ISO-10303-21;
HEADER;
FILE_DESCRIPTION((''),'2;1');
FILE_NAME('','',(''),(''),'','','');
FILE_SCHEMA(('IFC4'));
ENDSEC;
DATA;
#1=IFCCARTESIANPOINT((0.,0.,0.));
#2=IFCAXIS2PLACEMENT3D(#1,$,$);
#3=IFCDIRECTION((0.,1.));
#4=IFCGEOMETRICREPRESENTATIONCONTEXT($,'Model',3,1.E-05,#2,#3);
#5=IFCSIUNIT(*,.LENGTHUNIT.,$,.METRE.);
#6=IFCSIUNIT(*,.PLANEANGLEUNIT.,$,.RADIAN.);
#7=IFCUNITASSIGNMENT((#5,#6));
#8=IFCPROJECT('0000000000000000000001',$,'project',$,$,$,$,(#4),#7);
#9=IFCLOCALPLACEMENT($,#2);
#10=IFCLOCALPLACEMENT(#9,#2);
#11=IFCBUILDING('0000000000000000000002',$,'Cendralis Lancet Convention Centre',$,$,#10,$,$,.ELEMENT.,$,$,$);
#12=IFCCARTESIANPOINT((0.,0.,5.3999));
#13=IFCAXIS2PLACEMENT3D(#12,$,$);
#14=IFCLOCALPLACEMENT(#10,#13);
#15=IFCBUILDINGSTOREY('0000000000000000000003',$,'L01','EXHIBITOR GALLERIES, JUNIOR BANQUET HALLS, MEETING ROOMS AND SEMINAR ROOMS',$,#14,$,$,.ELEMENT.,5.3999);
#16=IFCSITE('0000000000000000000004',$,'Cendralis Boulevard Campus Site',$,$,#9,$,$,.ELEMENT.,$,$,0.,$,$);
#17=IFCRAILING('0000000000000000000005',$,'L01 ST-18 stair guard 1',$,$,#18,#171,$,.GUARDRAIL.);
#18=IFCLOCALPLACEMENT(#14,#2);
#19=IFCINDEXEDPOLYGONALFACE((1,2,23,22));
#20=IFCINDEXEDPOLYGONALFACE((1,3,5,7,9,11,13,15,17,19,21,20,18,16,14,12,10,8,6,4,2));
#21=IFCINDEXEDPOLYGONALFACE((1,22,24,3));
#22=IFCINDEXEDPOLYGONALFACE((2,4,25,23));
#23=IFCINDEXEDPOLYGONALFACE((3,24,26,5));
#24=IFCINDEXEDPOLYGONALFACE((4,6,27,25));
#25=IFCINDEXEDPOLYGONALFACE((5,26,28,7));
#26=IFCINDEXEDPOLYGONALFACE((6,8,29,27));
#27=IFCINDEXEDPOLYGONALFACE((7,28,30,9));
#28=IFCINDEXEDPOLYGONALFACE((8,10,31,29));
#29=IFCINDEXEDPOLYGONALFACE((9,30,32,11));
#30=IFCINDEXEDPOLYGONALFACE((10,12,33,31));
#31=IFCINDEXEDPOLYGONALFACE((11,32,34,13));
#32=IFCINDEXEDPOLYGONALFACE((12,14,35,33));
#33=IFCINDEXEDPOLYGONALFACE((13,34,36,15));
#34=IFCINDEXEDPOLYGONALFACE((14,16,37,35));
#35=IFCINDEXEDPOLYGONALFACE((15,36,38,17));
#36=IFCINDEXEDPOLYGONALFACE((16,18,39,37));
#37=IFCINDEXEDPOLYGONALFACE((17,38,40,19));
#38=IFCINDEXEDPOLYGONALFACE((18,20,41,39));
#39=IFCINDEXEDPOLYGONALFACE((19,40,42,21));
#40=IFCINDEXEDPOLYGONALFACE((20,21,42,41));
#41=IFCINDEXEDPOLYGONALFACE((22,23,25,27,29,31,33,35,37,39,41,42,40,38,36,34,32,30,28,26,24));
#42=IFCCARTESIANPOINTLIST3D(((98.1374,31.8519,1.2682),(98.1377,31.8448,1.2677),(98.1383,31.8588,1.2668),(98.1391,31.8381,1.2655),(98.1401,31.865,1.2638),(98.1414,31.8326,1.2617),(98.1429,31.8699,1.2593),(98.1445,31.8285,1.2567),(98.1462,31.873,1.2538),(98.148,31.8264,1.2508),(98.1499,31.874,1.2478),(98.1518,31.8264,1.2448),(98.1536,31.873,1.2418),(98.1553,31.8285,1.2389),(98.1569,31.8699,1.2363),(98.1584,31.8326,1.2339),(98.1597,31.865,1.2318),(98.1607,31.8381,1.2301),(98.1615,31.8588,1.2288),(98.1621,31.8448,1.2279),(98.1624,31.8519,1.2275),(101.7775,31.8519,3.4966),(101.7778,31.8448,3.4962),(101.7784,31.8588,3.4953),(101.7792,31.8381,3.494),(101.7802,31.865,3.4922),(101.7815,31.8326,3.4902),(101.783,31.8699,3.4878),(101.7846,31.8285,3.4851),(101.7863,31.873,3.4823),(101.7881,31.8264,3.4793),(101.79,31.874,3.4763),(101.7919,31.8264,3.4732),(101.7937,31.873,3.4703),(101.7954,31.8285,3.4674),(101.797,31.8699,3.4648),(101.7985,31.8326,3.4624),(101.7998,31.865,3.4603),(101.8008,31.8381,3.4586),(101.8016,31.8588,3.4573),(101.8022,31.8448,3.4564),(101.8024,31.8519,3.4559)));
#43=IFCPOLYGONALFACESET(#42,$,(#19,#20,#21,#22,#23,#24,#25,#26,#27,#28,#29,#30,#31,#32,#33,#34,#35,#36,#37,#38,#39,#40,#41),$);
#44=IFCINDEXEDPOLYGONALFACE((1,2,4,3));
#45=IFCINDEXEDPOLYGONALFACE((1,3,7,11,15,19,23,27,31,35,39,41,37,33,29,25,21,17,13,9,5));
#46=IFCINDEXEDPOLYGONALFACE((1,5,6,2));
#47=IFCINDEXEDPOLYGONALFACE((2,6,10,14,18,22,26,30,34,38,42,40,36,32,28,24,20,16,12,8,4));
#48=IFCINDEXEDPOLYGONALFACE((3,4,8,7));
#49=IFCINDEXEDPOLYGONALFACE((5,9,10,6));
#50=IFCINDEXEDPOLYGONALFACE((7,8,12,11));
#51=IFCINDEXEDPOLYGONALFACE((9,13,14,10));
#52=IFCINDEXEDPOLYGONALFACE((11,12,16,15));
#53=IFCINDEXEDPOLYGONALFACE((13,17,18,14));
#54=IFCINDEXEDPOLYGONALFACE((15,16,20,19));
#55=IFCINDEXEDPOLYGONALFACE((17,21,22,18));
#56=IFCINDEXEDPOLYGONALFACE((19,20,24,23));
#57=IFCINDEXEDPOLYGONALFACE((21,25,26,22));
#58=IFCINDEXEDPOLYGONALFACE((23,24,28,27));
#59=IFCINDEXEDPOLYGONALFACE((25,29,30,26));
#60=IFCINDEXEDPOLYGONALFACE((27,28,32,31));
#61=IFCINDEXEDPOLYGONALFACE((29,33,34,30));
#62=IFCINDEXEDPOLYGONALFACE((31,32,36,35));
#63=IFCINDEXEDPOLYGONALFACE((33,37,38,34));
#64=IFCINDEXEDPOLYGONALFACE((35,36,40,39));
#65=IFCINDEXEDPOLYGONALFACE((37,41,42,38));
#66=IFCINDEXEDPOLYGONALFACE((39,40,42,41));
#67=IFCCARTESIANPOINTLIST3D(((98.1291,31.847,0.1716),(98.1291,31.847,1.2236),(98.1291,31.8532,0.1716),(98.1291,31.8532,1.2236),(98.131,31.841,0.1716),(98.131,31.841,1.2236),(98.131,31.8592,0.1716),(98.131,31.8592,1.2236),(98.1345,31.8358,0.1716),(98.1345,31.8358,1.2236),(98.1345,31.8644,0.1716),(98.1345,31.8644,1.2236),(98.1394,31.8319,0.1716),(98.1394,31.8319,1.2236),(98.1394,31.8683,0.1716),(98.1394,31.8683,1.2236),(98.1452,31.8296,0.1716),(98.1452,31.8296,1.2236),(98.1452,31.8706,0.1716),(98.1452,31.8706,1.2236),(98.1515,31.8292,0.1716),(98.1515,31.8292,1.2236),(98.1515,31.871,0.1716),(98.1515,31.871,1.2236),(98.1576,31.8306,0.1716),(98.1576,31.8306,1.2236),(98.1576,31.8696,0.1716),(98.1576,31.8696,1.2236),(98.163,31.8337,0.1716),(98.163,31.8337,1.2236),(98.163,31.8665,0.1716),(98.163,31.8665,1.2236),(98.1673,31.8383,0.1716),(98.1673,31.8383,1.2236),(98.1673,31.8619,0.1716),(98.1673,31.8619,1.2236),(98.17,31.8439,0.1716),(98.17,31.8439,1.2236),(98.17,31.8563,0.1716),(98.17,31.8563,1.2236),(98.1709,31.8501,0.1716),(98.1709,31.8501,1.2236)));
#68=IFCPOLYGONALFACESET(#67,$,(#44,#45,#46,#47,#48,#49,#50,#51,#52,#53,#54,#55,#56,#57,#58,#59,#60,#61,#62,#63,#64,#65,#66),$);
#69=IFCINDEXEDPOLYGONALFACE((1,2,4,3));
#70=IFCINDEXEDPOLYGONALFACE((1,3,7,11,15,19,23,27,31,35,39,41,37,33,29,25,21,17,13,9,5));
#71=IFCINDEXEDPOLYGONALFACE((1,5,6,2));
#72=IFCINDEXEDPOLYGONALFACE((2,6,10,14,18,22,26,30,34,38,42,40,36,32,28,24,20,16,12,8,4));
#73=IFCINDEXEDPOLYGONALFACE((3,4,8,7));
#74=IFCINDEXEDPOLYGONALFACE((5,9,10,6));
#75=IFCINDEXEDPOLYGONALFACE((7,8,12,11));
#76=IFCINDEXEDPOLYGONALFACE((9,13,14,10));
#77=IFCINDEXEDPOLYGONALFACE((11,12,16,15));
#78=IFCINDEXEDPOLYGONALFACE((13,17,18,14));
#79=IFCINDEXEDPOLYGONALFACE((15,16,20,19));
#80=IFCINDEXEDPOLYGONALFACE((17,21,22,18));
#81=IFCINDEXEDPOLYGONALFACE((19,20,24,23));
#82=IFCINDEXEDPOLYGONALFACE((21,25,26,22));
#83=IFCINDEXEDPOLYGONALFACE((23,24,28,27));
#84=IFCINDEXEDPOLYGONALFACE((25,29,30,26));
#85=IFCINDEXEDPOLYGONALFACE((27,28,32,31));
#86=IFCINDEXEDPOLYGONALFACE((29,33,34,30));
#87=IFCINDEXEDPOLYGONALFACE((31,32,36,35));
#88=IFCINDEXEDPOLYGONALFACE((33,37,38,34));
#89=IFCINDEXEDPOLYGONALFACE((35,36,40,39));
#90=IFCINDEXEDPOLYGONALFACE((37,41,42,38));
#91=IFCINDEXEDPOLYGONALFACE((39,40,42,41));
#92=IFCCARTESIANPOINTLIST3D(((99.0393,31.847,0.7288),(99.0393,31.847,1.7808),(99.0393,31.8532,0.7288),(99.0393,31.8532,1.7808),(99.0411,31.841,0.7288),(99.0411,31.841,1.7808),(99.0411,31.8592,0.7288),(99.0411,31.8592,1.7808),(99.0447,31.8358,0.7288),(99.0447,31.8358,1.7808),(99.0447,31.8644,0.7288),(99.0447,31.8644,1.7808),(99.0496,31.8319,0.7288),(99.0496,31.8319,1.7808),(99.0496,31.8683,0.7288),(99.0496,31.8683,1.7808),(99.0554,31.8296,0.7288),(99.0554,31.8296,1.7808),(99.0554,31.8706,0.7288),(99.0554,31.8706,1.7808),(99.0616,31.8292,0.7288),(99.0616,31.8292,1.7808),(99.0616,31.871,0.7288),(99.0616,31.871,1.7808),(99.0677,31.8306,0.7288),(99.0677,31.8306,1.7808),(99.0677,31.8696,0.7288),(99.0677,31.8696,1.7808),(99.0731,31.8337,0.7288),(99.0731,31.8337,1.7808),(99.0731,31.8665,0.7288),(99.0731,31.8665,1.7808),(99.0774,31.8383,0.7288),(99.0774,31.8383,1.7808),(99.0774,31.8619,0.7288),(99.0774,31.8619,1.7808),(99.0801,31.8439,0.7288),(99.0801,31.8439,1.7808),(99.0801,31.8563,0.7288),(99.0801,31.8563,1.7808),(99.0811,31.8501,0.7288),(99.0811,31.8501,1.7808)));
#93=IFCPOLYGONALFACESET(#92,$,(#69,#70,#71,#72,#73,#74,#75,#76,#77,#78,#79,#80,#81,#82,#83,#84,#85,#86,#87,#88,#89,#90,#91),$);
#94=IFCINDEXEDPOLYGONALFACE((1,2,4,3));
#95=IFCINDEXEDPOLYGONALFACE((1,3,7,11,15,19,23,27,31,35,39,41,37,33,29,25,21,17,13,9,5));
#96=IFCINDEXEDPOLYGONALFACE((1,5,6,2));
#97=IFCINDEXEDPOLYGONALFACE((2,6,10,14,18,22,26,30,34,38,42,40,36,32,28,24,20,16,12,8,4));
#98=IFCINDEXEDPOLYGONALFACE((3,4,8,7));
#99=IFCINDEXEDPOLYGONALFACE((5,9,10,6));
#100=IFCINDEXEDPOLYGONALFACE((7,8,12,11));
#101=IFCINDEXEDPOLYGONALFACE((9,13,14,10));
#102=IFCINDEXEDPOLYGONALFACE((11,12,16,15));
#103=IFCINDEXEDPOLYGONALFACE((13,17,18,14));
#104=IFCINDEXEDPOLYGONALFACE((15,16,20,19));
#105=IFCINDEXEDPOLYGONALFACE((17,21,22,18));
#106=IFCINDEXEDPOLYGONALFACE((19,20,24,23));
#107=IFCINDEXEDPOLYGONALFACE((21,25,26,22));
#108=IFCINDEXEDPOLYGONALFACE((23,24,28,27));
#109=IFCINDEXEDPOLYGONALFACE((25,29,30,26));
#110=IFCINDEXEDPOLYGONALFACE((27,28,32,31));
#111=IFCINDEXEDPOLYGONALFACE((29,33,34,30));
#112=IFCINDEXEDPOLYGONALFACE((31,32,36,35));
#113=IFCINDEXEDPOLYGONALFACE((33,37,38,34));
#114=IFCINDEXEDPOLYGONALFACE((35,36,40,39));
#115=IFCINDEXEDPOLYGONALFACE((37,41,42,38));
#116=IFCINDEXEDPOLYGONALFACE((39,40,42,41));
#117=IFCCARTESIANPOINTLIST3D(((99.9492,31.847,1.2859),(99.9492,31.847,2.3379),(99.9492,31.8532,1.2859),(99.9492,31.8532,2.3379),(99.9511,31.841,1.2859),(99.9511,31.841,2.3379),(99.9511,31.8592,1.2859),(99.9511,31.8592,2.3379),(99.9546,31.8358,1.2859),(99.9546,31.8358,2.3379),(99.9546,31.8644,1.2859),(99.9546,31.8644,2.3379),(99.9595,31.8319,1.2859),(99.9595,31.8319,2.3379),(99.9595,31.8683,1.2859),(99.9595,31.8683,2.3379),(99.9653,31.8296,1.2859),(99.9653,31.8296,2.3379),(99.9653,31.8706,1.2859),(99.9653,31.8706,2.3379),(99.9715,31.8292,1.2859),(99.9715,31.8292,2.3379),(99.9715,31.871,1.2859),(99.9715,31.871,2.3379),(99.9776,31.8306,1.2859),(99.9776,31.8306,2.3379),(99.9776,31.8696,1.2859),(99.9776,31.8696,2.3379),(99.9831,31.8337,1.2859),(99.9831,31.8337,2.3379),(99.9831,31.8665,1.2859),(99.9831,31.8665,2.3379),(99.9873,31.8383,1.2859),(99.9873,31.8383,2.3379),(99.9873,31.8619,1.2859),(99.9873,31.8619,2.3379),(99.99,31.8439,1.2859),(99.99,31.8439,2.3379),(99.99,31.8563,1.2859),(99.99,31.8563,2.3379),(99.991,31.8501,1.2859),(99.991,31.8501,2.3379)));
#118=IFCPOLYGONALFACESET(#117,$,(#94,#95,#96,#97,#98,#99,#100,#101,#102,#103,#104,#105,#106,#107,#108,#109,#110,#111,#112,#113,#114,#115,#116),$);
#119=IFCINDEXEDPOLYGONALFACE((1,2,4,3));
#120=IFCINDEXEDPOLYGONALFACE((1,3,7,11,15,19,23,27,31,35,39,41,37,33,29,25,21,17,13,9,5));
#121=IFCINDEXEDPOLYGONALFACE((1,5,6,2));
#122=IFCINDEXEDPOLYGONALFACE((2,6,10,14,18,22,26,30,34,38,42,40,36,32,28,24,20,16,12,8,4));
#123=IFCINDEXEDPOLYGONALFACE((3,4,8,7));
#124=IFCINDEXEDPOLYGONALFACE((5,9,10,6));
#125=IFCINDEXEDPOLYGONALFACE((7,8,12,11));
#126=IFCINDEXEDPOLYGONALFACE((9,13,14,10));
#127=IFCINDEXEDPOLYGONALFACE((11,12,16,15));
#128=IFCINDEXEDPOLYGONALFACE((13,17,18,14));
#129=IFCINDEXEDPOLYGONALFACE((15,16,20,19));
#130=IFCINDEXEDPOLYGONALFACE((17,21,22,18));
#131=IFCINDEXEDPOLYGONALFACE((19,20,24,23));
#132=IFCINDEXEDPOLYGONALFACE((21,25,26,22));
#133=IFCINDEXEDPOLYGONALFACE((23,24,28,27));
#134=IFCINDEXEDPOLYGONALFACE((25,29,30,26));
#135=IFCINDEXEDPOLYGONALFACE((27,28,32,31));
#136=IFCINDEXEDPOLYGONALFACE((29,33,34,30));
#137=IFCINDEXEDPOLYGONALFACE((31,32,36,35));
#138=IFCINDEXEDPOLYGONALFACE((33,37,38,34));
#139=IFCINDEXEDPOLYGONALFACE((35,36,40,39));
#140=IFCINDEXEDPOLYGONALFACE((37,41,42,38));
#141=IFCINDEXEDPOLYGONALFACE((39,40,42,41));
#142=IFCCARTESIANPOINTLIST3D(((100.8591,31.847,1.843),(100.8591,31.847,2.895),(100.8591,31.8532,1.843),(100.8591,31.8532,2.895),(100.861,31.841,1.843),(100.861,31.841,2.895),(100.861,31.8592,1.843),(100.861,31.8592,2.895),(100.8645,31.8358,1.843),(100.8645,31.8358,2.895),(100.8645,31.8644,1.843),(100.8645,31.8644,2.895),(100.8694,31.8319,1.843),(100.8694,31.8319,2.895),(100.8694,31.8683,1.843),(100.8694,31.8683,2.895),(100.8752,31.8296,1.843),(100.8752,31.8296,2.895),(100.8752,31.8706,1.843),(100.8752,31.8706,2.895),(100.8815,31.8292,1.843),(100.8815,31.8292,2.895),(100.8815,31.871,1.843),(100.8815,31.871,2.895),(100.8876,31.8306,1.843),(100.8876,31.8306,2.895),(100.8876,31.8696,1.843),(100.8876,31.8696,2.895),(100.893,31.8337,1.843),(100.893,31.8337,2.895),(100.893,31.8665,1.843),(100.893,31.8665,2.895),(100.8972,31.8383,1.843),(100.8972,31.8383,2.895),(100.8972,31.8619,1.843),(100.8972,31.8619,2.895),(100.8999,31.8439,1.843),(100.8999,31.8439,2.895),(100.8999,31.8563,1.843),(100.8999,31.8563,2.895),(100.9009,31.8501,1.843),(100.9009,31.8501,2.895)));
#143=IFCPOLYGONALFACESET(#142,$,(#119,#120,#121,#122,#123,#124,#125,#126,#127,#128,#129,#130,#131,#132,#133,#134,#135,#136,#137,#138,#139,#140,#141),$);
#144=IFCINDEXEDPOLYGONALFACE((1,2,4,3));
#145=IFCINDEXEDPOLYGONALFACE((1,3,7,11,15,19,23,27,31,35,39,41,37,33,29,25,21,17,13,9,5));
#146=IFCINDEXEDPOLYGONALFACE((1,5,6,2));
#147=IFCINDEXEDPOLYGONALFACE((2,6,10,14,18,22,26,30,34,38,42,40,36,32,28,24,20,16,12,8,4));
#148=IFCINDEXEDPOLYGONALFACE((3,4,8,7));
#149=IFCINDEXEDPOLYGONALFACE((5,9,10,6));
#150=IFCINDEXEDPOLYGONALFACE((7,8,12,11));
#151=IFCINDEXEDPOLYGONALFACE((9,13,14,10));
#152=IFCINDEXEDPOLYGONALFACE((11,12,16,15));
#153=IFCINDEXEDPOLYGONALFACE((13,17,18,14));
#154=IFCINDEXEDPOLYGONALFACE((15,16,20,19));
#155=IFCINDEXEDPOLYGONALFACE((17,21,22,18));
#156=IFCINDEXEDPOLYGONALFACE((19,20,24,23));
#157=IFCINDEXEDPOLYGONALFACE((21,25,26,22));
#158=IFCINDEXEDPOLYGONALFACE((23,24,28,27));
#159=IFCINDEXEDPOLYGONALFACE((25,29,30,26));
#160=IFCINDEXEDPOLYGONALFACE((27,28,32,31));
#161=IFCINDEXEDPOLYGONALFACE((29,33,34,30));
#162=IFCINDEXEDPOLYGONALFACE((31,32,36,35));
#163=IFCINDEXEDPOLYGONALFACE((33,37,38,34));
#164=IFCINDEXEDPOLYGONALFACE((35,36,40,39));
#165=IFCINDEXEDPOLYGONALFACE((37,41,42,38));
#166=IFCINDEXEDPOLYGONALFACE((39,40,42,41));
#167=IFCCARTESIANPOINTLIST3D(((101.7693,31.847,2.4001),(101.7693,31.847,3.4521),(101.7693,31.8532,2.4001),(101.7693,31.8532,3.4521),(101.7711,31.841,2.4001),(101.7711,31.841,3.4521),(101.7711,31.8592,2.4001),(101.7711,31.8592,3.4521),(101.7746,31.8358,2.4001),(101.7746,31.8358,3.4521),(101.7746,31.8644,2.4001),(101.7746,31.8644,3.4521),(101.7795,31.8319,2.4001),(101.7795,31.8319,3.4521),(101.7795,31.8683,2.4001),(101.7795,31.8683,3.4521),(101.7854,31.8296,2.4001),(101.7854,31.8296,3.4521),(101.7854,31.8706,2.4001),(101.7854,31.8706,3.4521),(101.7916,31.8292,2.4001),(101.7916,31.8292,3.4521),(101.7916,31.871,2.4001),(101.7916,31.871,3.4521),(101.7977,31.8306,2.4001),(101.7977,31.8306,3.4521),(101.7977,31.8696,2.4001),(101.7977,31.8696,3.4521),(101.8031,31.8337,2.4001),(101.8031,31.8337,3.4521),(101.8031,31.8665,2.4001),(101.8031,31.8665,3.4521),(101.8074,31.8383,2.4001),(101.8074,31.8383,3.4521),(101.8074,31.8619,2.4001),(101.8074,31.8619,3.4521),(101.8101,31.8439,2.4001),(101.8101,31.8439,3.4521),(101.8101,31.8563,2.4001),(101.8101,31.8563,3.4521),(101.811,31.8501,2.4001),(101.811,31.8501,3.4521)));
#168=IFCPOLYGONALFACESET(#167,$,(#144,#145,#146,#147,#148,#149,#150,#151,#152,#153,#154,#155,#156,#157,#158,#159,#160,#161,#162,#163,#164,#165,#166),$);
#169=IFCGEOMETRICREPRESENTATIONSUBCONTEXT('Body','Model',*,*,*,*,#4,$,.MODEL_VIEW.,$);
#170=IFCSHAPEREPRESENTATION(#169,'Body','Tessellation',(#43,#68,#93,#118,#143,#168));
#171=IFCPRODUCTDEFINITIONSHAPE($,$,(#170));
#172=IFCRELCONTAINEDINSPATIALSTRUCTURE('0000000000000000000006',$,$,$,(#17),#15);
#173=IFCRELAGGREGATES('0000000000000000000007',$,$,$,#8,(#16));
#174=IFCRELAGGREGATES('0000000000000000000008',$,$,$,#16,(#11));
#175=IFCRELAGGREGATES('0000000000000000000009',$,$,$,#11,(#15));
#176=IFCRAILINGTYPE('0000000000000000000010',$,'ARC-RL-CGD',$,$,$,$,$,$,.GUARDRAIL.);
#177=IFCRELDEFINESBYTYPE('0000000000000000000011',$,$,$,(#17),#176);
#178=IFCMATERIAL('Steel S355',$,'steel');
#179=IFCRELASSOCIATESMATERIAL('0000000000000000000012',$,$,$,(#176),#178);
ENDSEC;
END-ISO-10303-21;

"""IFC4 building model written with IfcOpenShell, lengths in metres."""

from ifc_helpers import new_model, si_unit, direction, frame, origin, origin_2d, place, context, subcontext, project, spatial, circle, extrude, material, type_object, element, save


model = new_model("IFC4")

# Units and contexts
model_context = context("Model", 3, precision=1e-05, world=origin(), true_north=direction((0.0, 1.0)))
body_context = subcontext(model_context, "Body", "Model", "MODEL_VIEW")
ifc_project = project(units=[si_unit("LENGTHUNIT", "METRE"), si_unit("PLANEANGLEUNIT", "RADIAN")], contexts=[model_context])

# Site, building, storey
site_placement = place(None, origin())
site = spatial("IfcSite", under=ifc_project, at=site_placement, Name="Cendralis Boulevard Campus Site", CompositionType="ELEMENT", RefElevation=0.0)
building_placement = place(site_placement, origin())
building = spatial("IfcBuilding", under=site, at=building_placement, Name="Cendralis Lancet Convention Centre", CompositionType="ELEMENT")
storey_placement = place(building_placement, frame((0.0, 0.0, 5.3999)))
storey = spatial("IfcBuildingStorey", under=building, at=storey_placement, Name="L01", Description="EXHIBITOR GALLERIES, JUNIOR BANQUET HALLS, MEETING ROOMS AND SEMINAR ROOMS", CompositionType="ELEMENT", Elevation=5.3999)

# Shared definitions
ifc_material_1 = material(Name="Steel S355", Category="steel")

# Railing
railing_type_1 = type_object("IfcRailingType", Name="ARC-RL-CGD", PredefinedType="GUARDRAIL", material=ifc_material_1)
railing_1_placement = place(storey_placement, frame((98.1499, 31.8501, 0.1716)))
element("IfcRailing", 1, at=railing_1_placement, inside=storey, type_object=railing_type_1, Name="L01 ST-18 stair guard 1", PredefinedType="GUARDRAIL", context=body_context, shape_type="SweptSolid", body=[
    extrude(circle(Radius=0.0239, at=origin_2d()), frame((0.0, 0.0, 1.0762), z_axis=(0.852866, 0.0, 0.52213), x_axis=(0.0, 1.0, 0.0)), (0.0, 0.0, 1.0), 4.2681),
    extrude(circle(Radius=0.021, at=origin_2d()), origin(), (0.0, 0.0, 1.0), 1.052),
    extrude(circle(Radius=0.021, at=origin_2d()), frame((0.9102, 0.0, 0.5571)), (0.0, 0.0, 1.0), 1.052),
    extrude(circle(Radius=0.021, at=origin_2d()), frame((1.8201, 0.0, 1.1143)), (0.0, 0.0, 1.0), 1.052),
    extrude(circle(Radius=0.021, at=origin_2d()), frame((2.73, 0.0, 1.6714)), (0.0, 0.0, 1.0), 1.052),
    extrude(circle(Radius=0.021, at=origin_2d()), frame((3.6401, 0.0, 2.2285)), (0.0, 0.0, 1.0), 1.052),
])

save(model, "model.ifc")
